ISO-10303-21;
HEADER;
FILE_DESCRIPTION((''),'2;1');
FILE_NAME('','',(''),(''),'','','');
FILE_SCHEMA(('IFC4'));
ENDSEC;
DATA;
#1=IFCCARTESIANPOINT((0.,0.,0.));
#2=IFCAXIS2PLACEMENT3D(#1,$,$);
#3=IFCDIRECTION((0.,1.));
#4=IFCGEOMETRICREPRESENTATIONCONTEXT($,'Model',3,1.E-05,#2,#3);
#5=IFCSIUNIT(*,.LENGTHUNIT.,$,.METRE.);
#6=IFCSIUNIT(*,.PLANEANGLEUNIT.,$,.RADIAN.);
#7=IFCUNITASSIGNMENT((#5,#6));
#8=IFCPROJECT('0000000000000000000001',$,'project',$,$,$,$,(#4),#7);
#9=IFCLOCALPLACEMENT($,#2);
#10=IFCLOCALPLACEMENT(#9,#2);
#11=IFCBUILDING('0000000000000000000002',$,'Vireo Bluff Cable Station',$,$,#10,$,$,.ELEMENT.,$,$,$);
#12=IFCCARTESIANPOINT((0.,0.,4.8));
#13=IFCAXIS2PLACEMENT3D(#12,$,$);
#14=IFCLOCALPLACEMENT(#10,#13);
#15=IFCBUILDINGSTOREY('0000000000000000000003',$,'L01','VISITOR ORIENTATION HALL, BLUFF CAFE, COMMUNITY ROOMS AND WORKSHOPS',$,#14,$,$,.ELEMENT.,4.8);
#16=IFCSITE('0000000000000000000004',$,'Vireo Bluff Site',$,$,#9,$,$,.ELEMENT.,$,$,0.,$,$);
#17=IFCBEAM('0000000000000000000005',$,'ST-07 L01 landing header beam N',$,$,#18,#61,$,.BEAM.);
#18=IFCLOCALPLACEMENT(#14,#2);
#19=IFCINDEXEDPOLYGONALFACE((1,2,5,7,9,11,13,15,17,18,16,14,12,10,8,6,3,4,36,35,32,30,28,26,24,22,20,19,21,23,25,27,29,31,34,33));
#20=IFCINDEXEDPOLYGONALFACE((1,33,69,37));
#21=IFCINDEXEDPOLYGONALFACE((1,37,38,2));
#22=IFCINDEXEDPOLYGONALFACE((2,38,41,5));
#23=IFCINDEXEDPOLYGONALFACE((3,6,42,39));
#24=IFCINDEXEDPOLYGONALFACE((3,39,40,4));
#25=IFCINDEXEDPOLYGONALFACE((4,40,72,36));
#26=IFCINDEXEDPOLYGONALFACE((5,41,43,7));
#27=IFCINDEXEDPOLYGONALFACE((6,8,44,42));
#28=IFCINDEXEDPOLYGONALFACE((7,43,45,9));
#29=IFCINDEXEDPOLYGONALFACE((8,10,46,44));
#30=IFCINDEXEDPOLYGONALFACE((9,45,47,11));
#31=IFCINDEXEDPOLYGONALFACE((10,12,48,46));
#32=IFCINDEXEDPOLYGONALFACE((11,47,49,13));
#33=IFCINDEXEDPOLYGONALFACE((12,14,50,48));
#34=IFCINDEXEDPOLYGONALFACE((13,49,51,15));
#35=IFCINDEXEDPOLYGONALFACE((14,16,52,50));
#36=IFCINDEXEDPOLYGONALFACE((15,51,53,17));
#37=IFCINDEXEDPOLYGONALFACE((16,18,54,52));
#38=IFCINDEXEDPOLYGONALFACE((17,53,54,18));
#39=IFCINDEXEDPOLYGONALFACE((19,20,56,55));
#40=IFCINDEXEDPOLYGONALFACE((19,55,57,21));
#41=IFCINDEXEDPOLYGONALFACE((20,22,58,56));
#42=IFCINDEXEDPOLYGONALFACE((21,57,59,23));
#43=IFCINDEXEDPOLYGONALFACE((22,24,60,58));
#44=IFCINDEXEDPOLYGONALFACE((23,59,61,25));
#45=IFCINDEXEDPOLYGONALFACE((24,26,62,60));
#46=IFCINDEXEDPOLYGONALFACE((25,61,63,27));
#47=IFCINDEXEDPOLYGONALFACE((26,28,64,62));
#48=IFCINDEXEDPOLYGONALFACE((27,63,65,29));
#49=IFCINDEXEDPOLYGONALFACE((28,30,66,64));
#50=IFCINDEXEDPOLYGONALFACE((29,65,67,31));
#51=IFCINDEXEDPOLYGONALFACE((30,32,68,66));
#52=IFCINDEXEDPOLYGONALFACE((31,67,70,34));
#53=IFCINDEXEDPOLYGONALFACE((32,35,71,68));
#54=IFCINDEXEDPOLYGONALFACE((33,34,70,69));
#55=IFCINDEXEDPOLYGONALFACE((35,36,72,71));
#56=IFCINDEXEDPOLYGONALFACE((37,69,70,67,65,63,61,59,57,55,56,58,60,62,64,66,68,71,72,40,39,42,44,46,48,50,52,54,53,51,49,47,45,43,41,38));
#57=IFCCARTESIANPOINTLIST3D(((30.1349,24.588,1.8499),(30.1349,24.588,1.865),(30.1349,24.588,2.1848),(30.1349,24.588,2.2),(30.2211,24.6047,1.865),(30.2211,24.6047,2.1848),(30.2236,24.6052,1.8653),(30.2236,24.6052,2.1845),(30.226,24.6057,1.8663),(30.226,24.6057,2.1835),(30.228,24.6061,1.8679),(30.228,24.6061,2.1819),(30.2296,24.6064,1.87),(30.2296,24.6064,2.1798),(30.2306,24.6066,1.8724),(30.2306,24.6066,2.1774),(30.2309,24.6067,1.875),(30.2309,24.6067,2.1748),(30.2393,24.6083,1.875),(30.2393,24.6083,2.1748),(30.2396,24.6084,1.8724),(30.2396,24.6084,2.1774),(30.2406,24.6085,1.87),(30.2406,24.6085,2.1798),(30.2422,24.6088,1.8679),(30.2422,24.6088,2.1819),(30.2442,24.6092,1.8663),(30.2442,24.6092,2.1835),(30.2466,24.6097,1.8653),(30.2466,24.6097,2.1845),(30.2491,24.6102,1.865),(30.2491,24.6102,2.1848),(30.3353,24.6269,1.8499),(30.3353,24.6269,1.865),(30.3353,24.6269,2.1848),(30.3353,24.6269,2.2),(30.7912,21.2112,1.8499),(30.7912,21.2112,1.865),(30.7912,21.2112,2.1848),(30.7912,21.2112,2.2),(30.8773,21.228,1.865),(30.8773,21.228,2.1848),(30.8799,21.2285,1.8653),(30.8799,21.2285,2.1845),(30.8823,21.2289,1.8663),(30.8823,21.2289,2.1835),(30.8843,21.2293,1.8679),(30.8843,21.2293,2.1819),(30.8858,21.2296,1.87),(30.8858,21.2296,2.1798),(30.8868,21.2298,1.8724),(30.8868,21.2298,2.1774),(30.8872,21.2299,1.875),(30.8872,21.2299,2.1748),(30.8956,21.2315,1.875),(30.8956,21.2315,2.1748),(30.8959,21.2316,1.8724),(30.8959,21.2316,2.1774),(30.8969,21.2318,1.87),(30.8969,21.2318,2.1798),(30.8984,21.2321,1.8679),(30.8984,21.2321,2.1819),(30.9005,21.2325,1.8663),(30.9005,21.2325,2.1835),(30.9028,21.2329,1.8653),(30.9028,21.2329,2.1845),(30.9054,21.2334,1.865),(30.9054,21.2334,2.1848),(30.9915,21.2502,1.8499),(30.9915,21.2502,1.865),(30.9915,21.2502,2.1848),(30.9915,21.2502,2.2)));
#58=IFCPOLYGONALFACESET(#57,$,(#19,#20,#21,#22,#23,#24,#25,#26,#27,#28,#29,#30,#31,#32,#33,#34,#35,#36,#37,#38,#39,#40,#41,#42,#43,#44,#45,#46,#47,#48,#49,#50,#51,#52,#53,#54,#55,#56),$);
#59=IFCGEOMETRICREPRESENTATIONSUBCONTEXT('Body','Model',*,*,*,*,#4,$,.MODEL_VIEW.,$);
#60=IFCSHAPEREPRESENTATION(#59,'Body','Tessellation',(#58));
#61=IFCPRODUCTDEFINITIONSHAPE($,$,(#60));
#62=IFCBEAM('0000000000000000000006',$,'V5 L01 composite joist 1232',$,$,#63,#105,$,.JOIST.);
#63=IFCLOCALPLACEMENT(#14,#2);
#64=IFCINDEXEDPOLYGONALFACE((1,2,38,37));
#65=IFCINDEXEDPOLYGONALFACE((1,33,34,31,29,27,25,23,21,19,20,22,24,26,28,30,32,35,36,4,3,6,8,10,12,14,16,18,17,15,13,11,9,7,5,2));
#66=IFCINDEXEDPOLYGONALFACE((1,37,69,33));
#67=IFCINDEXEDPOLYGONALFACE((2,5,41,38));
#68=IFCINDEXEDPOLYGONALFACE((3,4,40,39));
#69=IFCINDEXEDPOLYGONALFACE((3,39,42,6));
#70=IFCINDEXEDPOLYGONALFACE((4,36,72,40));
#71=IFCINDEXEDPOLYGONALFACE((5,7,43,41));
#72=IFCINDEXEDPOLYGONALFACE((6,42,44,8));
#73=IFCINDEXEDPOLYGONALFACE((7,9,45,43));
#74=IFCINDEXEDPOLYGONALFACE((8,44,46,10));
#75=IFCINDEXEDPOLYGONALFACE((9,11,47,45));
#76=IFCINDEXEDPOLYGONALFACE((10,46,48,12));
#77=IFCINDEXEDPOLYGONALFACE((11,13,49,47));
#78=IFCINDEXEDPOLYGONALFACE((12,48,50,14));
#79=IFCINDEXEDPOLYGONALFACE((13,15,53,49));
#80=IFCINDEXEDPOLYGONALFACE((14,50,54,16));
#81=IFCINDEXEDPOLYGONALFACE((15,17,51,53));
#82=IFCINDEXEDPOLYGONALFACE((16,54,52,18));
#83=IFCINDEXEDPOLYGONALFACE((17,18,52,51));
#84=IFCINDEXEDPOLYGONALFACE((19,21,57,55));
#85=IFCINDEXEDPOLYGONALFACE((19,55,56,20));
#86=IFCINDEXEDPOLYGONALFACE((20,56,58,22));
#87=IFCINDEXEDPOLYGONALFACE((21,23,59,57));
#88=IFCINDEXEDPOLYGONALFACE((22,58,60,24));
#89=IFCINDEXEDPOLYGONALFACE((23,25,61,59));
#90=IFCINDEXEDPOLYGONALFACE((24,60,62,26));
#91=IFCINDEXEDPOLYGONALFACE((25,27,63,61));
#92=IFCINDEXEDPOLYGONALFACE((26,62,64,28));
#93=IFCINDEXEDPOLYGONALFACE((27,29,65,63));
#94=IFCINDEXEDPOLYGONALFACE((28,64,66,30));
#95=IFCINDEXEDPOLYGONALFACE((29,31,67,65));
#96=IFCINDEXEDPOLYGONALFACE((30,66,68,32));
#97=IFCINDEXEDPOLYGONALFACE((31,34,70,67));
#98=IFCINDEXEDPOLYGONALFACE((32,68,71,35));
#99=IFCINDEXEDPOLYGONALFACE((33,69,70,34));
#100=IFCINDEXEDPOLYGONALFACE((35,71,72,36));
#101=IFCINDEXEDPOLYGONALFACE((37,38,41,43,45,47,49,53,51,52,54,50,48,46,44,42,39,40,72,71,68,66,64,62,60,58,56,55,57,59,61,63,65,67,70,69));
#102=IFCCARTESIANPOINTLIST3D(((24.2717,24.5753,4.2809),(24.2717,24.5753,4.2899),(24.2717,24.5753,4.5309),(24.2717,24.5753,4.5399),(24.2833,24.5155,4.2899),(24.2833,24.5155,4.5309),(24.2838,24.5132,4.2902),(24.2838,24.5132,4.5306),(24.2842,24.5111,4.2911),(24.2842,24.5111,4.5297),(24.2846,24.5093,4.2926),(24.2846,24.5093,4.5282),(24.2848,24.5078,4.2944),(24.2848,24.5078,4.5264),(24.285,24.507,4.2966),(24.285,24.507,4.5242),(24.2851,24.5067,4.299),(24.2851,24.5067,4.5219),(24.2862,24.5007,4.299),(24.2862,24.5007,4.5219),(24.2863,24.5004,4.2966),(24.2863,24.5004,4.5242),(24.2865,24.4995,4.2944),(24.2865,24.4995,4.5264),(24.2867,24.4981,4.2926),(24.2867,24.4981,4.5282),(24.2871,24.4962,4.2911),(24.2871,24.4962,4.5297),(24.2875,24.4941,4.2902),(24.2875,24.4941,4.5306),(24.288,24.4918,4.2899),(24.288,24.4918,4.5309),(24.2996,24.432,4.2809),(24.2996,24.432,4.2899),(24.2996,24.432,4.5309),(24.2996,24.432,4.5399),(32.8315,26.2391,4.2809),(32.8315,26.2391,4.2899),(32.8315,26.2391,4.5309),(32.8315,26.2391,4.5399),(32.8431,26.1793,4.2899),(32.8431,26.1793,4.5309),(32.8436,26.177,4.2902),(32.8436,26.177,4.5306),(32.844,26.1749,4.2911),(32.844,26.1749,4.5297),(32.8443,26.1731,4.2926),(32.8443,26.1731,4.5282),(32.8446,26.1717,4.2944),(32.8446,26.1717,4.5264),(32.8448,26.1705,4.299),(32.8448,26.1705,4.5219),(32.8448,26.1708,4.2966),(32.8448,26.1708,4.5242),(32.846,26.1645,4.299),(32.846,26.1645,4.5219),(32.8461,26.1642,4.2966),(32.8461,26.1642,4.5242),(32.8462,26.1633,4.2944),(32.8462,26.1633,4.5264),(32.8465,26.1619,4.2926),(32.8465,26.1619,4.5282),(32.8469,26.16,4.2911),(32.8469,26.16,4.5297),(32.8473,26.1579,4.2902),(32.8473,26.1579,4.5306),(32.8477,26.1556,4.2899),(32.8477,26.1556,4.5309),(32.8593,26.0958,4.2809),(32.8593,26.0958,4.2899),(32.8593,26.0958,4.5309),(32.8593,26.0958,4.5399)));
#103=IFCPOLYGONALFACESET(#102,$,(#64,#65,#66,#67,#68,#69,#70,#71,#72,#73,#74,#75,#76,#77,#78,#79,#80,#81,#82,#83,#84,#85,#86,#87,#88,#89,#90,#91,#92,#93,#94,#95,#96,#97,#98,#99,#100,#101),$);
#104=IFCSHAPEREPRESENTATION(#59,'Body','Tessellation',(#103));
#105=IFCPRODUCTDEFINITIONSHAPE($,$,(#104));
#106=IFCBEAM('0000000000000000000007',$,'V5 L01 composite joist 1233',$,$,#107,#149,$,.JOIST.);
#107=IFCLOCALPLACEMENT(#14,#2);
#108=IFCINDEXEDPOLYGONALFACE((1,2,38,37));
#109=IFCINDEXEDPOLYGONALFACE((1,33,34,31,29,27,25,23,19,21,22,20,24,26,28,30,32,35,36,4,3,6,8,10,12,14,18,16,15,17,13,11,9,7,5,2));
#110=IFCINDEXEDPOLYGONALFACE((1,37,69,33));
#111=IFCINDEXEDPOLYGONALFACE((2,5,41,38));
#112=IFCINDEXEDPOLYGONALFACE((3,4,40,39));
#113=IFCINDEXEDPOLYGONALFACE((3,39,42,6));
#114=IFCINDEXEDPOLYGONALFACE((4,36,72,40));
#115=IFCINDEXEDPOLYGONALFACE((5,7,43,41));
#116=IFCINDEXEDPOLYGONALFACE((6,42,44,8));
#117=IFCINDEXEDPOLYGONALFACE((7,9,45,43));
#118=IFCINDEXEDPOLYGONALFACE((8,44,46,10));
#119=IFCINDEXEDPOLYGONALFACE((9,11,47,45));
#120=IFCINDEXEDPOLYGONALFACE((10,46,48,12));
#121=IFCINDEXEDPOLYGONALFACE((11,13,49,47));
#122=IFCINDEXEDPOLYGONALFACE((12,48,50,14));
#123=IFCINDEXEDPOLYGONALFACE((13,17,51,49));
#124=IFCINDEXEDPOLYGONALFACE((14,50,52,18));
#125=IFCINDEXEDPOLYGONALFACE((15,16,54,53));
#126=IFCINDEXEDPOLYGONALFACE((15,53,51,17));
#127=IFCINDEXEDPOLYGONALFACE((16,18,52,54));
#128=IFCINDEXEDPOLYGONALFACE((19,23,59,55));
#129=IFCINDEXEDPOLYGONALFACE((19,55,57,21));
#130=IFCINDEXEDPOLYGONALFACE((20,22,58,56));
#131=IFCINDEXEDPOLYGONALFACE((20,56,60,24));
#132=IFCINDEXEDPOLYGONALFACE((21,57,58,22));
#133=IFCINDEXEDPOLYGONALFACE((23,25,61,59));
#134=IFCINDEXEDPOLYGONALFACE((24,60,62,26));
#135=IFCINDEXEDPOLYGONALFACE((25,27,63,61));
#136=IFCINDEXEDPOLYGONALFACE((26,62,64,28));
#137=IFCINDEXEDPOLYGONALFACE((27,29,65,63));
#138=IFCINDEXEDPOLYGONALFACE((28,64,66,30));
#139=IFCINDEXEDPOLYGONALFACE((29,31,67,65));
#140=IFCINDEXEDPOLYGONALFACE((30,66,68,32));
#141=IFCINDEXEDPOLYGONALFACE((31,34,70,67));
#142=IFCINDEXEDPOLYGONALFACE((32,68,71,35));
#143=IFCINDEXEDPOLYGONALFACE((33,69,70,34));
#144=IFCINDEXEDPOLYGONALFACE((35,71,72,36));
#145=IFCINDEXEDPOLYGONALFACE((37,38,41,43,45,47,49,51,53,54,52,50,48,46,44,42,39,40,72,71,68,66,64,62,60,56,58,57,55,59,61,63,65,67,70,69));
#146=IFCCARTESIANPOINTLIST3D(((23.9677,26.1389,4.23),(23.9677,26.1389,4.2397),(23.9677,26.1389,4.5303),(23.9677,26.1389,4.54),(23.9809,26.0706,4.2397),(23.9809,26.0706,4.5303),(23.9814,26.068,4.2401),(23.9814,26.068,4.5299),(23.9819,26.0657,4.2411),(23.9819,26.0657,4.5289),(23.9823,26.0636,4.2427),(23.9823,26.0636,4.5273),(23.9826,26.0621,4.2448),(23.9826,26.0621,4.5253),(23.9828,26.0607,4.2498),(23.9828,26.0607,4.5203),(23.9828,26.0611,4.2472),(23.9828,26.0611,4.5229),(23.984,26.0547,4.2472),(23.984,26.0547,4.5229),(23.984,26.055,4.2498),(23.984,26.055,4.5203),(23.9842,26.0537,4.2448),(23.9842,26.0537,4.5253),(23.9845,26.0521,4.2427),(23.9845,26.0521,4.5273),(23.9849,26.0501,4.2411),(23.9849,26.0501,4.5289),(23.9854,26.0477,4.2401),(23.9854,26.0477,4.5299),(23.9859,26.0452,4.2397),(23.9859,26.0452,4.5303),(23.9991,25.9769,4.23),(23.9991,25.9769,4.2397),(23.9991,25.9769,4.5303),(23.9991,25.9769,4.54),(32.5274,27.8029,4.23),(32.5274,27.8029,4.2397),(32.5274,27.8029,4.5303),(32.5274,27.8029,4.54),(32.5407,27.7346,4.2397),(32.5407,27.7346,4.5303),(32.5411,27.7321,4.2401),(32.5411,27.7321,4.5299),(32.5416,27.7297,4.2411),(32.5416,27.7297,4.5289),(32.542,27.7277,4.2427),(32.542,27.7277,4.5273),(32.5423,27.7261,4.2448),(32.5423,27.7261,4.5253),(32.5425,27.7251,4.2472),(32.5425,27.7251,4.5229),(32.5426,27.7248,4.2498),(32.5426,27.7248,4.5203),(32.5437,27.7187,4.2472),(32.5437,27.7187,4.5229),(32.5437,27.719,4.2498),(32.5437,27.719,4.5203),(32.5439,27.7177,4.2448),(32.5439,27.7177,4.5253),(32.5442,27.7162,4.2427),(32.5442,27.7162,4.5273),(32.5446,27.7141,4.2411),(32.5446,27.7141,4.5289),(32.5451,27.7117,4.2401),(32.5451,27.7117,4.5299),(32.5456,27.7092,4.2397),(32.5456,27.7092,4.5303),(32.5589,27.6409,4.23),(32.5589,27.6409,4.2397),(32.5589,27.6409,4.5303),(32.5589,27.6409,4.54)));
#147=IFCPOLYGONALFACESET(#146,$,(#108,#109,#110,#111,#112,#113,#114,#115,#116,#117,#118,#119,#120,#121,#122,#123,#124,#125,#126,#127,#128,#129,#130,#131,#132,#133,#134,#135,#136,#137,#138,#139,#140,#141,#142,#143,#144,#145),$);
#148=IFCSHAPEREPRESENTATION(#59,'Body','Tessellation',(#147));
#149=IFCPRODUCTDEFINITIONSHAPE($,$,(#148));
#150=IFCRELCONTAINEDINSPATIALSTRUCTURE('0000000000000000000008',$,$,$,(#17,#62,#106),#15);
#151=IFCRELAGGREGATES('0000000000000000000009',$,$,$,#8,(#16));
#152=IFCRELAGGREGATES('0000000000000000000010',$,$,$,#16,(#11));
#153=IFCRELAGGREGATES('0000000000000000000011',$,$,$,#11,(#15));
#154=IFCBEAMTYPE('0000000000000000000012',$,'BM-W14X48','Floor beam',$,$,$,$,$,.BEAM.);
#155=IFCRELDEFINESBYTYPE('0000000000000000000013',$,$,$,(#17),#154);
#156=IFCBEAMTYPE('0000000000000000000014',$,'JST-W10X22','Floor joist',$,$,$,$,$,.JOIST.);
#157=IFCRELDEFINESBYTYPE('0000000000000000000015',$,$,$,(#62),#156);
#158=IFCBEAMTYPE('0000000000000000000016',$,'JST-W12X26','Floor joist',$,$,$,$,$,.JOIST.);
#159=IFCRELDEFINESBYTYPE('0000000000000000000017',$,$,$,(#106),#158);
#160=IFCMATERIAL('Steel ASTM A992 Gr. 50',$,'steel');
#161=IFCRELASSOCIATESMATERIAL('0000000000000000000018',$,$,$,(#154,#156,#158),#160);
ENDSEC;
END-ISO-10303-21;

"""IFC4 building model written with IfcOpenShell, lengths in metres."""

from ifc_helpers import new_model, si_unit, direction, frame, origin, origin_2d, place, context, subcontext, project, spatial, i_section, extrude, material, material_profile, profile_set, type_object, element, save


model = new_model("IFC4")

# Units and contexts
model_context = context("Model", 3, precision=1e-05, world=origin(), true_north=direction((0.0, 1.0)))
body_context = subcontext(model_context, "Body", "Model", "MODEL_VIEW")
ifc_project = project(units=[si_unit("LENGTHUNIT", "METRE"), si_unit("PLANEANGLEUNIT", "RADIAN")], contexts=[model_context])

# Site, building, storey
site_placement = place(None, origin())
site = spatial("IfcSite", under=ifc_project, at=site_placement, Name="Vireo Bluff Site", CompositionType="ELEMENT", RefElevation=0.0)
building_placement = place(site_placement, origin())
building = spatial("IfcBuilding", under=site, at=building_placement, Name="Vireo Bluff Cable Station", CompositionType="ELEMENT")
storey_placement = place(building_placement, frame((0.0, 0.0, 4.8)))
storey = spatial("IfcBuildingStorey", under=building, at=storey_placement, Name="L01", Description="VISITOR ORIENTATION HALL, BLUFF CAFE, COMMUNITY ROOMS AND WORKSHOPS", CompositionType="ELEMENT", Elevation=4.8)

# Shared definitions
ifc_material_1 = material(Name="Steel ASTM A992 Gr. 50", Category="steel")

# Beams
ifc_material_profile_1 = material_profile(ifc_material_1, i_section(OverallWidth=0.2041, OverallDepth=0.3501, WebThickness=0.0085, FlangeThickness=0.0151, FilletRadius=0.01, at=origin_2d()), Name="W14X48")
ifc_profile_set_1 = profile_set([ifc_material_profile_1], Name="Steel ASTM A992 Gr. 50")
beam_type_1 = type_object("IfcBeamType", Name="BM-W14X48", Description="Floor beam", PredefinedType="BEAM", material=ifc_profile_set_1)
beam_1_placement = place(storey_placement, frame((30.8914, 21.2307, 2.0249), z_axis=(-0.190777, 0.981633, 0.0), x_axis=(-0.981633, -0.190777, 0.0)))
element("IfcBeam", 1, at=beam_1_placement, inside=storey, type_object=beam_type_1, Name="ST-07 L01 landing header beam N", PredefinedType="BEAM", context=body_context, shape_type="SweptSolid", body=[
    extrude(i_section(OverallWidth=0.2041, OverallDepth=0.3501, WebThickness=0.0085, FlangeThickness=0.0151, FilletRadius=0.01, at=origin_2d()), origin(), (0.0, 0.0, 1.0), 3.4399),
])
ifc_material_profile_2 = material_profile(ifc_material_1, i_section(OverallWidth=0.146, OverallDepth=0.259, WebThickness=0.0061, FlangeThickness=0.009, FilletRadius=0.009, at=origin_2d()), Name="W10X22")
ifc_profile_set_2 = profile_set([ifc_material_profile_2], Name="Steel ASTM A992 Gr. 50")
beam_type_2 = type_object("IfcBeamType", Name="JST-W10X22", Description="Floor joist", PredefinedType="JOIST", material=ifc_profile_set_2)
beam_2_placement = place(storey_placement, frame((24.2856, 24.5037, 4.4104), z_axis=(0.981628, 0.190804, 0.0), x_axis=(-0.190804, 0.981628, 0.0)))
element("IfcBeam", 2, at=beam_2_placement, inside=storey, type_object=beam_type_2, Name="V5 L01 composite joist 1232", PredefinedType="JOIST", context=body_context, shape_type="SweptSolid", body=[
    extrude(i_section(OverallWidth=0.146, OverallDepth=0.259, WebThickness=0.0061, FlangeThickness=0.009, FilletRadius=0.009, at=origin_2d()), origin(), (0.0, 0.0, 1.0), 8.72),
])
ifc_material_profile_3 = material_profile(ifc_material_1, i_section(OverallWidth=0.165, OverallDepth=0.3101, WebThickness=0.0059, FlangeThickness=0.0098, FilletRadius=0.01, at=origin_2d()), Name="W12X26")
ifc_profile_set_3 = profile_set([ifc_material_profile_3], Name="Steel ASTM A992 Gr. 50")
beam_type_3 = type_object("IfcBeamType", Name="JST-W12X26", Description="Floor joist", PredefinedType="JOIST", material=ifc_profile_set_3)
beam_3_placement = place(storey_placement, frame((23.9834, 26.0579, 4.385), z_axis=(0.981623, 0.190831, 0.0), x_axis=(-0.190831, 0.981623, 0.0)))
element("IfcBeam", 3, at=beam_3_placement, inside=storey, type_object=beam_type_3, Name="V5 L01 composite joist 1233", PredefinedType="JOIST", context=body_context, shape_type="SweptSolid", body=[
    extrude(i_section(OverallWidth=0.165, OverallDepth=0.3101, WebThickness=0.0059, FlangeThickness=0.0098, FilletRadius=0.01, at=origin_2d()), origin(), (0.0, 0.0, 1.0), 8.72),
])

save(model, "model.ifc")
